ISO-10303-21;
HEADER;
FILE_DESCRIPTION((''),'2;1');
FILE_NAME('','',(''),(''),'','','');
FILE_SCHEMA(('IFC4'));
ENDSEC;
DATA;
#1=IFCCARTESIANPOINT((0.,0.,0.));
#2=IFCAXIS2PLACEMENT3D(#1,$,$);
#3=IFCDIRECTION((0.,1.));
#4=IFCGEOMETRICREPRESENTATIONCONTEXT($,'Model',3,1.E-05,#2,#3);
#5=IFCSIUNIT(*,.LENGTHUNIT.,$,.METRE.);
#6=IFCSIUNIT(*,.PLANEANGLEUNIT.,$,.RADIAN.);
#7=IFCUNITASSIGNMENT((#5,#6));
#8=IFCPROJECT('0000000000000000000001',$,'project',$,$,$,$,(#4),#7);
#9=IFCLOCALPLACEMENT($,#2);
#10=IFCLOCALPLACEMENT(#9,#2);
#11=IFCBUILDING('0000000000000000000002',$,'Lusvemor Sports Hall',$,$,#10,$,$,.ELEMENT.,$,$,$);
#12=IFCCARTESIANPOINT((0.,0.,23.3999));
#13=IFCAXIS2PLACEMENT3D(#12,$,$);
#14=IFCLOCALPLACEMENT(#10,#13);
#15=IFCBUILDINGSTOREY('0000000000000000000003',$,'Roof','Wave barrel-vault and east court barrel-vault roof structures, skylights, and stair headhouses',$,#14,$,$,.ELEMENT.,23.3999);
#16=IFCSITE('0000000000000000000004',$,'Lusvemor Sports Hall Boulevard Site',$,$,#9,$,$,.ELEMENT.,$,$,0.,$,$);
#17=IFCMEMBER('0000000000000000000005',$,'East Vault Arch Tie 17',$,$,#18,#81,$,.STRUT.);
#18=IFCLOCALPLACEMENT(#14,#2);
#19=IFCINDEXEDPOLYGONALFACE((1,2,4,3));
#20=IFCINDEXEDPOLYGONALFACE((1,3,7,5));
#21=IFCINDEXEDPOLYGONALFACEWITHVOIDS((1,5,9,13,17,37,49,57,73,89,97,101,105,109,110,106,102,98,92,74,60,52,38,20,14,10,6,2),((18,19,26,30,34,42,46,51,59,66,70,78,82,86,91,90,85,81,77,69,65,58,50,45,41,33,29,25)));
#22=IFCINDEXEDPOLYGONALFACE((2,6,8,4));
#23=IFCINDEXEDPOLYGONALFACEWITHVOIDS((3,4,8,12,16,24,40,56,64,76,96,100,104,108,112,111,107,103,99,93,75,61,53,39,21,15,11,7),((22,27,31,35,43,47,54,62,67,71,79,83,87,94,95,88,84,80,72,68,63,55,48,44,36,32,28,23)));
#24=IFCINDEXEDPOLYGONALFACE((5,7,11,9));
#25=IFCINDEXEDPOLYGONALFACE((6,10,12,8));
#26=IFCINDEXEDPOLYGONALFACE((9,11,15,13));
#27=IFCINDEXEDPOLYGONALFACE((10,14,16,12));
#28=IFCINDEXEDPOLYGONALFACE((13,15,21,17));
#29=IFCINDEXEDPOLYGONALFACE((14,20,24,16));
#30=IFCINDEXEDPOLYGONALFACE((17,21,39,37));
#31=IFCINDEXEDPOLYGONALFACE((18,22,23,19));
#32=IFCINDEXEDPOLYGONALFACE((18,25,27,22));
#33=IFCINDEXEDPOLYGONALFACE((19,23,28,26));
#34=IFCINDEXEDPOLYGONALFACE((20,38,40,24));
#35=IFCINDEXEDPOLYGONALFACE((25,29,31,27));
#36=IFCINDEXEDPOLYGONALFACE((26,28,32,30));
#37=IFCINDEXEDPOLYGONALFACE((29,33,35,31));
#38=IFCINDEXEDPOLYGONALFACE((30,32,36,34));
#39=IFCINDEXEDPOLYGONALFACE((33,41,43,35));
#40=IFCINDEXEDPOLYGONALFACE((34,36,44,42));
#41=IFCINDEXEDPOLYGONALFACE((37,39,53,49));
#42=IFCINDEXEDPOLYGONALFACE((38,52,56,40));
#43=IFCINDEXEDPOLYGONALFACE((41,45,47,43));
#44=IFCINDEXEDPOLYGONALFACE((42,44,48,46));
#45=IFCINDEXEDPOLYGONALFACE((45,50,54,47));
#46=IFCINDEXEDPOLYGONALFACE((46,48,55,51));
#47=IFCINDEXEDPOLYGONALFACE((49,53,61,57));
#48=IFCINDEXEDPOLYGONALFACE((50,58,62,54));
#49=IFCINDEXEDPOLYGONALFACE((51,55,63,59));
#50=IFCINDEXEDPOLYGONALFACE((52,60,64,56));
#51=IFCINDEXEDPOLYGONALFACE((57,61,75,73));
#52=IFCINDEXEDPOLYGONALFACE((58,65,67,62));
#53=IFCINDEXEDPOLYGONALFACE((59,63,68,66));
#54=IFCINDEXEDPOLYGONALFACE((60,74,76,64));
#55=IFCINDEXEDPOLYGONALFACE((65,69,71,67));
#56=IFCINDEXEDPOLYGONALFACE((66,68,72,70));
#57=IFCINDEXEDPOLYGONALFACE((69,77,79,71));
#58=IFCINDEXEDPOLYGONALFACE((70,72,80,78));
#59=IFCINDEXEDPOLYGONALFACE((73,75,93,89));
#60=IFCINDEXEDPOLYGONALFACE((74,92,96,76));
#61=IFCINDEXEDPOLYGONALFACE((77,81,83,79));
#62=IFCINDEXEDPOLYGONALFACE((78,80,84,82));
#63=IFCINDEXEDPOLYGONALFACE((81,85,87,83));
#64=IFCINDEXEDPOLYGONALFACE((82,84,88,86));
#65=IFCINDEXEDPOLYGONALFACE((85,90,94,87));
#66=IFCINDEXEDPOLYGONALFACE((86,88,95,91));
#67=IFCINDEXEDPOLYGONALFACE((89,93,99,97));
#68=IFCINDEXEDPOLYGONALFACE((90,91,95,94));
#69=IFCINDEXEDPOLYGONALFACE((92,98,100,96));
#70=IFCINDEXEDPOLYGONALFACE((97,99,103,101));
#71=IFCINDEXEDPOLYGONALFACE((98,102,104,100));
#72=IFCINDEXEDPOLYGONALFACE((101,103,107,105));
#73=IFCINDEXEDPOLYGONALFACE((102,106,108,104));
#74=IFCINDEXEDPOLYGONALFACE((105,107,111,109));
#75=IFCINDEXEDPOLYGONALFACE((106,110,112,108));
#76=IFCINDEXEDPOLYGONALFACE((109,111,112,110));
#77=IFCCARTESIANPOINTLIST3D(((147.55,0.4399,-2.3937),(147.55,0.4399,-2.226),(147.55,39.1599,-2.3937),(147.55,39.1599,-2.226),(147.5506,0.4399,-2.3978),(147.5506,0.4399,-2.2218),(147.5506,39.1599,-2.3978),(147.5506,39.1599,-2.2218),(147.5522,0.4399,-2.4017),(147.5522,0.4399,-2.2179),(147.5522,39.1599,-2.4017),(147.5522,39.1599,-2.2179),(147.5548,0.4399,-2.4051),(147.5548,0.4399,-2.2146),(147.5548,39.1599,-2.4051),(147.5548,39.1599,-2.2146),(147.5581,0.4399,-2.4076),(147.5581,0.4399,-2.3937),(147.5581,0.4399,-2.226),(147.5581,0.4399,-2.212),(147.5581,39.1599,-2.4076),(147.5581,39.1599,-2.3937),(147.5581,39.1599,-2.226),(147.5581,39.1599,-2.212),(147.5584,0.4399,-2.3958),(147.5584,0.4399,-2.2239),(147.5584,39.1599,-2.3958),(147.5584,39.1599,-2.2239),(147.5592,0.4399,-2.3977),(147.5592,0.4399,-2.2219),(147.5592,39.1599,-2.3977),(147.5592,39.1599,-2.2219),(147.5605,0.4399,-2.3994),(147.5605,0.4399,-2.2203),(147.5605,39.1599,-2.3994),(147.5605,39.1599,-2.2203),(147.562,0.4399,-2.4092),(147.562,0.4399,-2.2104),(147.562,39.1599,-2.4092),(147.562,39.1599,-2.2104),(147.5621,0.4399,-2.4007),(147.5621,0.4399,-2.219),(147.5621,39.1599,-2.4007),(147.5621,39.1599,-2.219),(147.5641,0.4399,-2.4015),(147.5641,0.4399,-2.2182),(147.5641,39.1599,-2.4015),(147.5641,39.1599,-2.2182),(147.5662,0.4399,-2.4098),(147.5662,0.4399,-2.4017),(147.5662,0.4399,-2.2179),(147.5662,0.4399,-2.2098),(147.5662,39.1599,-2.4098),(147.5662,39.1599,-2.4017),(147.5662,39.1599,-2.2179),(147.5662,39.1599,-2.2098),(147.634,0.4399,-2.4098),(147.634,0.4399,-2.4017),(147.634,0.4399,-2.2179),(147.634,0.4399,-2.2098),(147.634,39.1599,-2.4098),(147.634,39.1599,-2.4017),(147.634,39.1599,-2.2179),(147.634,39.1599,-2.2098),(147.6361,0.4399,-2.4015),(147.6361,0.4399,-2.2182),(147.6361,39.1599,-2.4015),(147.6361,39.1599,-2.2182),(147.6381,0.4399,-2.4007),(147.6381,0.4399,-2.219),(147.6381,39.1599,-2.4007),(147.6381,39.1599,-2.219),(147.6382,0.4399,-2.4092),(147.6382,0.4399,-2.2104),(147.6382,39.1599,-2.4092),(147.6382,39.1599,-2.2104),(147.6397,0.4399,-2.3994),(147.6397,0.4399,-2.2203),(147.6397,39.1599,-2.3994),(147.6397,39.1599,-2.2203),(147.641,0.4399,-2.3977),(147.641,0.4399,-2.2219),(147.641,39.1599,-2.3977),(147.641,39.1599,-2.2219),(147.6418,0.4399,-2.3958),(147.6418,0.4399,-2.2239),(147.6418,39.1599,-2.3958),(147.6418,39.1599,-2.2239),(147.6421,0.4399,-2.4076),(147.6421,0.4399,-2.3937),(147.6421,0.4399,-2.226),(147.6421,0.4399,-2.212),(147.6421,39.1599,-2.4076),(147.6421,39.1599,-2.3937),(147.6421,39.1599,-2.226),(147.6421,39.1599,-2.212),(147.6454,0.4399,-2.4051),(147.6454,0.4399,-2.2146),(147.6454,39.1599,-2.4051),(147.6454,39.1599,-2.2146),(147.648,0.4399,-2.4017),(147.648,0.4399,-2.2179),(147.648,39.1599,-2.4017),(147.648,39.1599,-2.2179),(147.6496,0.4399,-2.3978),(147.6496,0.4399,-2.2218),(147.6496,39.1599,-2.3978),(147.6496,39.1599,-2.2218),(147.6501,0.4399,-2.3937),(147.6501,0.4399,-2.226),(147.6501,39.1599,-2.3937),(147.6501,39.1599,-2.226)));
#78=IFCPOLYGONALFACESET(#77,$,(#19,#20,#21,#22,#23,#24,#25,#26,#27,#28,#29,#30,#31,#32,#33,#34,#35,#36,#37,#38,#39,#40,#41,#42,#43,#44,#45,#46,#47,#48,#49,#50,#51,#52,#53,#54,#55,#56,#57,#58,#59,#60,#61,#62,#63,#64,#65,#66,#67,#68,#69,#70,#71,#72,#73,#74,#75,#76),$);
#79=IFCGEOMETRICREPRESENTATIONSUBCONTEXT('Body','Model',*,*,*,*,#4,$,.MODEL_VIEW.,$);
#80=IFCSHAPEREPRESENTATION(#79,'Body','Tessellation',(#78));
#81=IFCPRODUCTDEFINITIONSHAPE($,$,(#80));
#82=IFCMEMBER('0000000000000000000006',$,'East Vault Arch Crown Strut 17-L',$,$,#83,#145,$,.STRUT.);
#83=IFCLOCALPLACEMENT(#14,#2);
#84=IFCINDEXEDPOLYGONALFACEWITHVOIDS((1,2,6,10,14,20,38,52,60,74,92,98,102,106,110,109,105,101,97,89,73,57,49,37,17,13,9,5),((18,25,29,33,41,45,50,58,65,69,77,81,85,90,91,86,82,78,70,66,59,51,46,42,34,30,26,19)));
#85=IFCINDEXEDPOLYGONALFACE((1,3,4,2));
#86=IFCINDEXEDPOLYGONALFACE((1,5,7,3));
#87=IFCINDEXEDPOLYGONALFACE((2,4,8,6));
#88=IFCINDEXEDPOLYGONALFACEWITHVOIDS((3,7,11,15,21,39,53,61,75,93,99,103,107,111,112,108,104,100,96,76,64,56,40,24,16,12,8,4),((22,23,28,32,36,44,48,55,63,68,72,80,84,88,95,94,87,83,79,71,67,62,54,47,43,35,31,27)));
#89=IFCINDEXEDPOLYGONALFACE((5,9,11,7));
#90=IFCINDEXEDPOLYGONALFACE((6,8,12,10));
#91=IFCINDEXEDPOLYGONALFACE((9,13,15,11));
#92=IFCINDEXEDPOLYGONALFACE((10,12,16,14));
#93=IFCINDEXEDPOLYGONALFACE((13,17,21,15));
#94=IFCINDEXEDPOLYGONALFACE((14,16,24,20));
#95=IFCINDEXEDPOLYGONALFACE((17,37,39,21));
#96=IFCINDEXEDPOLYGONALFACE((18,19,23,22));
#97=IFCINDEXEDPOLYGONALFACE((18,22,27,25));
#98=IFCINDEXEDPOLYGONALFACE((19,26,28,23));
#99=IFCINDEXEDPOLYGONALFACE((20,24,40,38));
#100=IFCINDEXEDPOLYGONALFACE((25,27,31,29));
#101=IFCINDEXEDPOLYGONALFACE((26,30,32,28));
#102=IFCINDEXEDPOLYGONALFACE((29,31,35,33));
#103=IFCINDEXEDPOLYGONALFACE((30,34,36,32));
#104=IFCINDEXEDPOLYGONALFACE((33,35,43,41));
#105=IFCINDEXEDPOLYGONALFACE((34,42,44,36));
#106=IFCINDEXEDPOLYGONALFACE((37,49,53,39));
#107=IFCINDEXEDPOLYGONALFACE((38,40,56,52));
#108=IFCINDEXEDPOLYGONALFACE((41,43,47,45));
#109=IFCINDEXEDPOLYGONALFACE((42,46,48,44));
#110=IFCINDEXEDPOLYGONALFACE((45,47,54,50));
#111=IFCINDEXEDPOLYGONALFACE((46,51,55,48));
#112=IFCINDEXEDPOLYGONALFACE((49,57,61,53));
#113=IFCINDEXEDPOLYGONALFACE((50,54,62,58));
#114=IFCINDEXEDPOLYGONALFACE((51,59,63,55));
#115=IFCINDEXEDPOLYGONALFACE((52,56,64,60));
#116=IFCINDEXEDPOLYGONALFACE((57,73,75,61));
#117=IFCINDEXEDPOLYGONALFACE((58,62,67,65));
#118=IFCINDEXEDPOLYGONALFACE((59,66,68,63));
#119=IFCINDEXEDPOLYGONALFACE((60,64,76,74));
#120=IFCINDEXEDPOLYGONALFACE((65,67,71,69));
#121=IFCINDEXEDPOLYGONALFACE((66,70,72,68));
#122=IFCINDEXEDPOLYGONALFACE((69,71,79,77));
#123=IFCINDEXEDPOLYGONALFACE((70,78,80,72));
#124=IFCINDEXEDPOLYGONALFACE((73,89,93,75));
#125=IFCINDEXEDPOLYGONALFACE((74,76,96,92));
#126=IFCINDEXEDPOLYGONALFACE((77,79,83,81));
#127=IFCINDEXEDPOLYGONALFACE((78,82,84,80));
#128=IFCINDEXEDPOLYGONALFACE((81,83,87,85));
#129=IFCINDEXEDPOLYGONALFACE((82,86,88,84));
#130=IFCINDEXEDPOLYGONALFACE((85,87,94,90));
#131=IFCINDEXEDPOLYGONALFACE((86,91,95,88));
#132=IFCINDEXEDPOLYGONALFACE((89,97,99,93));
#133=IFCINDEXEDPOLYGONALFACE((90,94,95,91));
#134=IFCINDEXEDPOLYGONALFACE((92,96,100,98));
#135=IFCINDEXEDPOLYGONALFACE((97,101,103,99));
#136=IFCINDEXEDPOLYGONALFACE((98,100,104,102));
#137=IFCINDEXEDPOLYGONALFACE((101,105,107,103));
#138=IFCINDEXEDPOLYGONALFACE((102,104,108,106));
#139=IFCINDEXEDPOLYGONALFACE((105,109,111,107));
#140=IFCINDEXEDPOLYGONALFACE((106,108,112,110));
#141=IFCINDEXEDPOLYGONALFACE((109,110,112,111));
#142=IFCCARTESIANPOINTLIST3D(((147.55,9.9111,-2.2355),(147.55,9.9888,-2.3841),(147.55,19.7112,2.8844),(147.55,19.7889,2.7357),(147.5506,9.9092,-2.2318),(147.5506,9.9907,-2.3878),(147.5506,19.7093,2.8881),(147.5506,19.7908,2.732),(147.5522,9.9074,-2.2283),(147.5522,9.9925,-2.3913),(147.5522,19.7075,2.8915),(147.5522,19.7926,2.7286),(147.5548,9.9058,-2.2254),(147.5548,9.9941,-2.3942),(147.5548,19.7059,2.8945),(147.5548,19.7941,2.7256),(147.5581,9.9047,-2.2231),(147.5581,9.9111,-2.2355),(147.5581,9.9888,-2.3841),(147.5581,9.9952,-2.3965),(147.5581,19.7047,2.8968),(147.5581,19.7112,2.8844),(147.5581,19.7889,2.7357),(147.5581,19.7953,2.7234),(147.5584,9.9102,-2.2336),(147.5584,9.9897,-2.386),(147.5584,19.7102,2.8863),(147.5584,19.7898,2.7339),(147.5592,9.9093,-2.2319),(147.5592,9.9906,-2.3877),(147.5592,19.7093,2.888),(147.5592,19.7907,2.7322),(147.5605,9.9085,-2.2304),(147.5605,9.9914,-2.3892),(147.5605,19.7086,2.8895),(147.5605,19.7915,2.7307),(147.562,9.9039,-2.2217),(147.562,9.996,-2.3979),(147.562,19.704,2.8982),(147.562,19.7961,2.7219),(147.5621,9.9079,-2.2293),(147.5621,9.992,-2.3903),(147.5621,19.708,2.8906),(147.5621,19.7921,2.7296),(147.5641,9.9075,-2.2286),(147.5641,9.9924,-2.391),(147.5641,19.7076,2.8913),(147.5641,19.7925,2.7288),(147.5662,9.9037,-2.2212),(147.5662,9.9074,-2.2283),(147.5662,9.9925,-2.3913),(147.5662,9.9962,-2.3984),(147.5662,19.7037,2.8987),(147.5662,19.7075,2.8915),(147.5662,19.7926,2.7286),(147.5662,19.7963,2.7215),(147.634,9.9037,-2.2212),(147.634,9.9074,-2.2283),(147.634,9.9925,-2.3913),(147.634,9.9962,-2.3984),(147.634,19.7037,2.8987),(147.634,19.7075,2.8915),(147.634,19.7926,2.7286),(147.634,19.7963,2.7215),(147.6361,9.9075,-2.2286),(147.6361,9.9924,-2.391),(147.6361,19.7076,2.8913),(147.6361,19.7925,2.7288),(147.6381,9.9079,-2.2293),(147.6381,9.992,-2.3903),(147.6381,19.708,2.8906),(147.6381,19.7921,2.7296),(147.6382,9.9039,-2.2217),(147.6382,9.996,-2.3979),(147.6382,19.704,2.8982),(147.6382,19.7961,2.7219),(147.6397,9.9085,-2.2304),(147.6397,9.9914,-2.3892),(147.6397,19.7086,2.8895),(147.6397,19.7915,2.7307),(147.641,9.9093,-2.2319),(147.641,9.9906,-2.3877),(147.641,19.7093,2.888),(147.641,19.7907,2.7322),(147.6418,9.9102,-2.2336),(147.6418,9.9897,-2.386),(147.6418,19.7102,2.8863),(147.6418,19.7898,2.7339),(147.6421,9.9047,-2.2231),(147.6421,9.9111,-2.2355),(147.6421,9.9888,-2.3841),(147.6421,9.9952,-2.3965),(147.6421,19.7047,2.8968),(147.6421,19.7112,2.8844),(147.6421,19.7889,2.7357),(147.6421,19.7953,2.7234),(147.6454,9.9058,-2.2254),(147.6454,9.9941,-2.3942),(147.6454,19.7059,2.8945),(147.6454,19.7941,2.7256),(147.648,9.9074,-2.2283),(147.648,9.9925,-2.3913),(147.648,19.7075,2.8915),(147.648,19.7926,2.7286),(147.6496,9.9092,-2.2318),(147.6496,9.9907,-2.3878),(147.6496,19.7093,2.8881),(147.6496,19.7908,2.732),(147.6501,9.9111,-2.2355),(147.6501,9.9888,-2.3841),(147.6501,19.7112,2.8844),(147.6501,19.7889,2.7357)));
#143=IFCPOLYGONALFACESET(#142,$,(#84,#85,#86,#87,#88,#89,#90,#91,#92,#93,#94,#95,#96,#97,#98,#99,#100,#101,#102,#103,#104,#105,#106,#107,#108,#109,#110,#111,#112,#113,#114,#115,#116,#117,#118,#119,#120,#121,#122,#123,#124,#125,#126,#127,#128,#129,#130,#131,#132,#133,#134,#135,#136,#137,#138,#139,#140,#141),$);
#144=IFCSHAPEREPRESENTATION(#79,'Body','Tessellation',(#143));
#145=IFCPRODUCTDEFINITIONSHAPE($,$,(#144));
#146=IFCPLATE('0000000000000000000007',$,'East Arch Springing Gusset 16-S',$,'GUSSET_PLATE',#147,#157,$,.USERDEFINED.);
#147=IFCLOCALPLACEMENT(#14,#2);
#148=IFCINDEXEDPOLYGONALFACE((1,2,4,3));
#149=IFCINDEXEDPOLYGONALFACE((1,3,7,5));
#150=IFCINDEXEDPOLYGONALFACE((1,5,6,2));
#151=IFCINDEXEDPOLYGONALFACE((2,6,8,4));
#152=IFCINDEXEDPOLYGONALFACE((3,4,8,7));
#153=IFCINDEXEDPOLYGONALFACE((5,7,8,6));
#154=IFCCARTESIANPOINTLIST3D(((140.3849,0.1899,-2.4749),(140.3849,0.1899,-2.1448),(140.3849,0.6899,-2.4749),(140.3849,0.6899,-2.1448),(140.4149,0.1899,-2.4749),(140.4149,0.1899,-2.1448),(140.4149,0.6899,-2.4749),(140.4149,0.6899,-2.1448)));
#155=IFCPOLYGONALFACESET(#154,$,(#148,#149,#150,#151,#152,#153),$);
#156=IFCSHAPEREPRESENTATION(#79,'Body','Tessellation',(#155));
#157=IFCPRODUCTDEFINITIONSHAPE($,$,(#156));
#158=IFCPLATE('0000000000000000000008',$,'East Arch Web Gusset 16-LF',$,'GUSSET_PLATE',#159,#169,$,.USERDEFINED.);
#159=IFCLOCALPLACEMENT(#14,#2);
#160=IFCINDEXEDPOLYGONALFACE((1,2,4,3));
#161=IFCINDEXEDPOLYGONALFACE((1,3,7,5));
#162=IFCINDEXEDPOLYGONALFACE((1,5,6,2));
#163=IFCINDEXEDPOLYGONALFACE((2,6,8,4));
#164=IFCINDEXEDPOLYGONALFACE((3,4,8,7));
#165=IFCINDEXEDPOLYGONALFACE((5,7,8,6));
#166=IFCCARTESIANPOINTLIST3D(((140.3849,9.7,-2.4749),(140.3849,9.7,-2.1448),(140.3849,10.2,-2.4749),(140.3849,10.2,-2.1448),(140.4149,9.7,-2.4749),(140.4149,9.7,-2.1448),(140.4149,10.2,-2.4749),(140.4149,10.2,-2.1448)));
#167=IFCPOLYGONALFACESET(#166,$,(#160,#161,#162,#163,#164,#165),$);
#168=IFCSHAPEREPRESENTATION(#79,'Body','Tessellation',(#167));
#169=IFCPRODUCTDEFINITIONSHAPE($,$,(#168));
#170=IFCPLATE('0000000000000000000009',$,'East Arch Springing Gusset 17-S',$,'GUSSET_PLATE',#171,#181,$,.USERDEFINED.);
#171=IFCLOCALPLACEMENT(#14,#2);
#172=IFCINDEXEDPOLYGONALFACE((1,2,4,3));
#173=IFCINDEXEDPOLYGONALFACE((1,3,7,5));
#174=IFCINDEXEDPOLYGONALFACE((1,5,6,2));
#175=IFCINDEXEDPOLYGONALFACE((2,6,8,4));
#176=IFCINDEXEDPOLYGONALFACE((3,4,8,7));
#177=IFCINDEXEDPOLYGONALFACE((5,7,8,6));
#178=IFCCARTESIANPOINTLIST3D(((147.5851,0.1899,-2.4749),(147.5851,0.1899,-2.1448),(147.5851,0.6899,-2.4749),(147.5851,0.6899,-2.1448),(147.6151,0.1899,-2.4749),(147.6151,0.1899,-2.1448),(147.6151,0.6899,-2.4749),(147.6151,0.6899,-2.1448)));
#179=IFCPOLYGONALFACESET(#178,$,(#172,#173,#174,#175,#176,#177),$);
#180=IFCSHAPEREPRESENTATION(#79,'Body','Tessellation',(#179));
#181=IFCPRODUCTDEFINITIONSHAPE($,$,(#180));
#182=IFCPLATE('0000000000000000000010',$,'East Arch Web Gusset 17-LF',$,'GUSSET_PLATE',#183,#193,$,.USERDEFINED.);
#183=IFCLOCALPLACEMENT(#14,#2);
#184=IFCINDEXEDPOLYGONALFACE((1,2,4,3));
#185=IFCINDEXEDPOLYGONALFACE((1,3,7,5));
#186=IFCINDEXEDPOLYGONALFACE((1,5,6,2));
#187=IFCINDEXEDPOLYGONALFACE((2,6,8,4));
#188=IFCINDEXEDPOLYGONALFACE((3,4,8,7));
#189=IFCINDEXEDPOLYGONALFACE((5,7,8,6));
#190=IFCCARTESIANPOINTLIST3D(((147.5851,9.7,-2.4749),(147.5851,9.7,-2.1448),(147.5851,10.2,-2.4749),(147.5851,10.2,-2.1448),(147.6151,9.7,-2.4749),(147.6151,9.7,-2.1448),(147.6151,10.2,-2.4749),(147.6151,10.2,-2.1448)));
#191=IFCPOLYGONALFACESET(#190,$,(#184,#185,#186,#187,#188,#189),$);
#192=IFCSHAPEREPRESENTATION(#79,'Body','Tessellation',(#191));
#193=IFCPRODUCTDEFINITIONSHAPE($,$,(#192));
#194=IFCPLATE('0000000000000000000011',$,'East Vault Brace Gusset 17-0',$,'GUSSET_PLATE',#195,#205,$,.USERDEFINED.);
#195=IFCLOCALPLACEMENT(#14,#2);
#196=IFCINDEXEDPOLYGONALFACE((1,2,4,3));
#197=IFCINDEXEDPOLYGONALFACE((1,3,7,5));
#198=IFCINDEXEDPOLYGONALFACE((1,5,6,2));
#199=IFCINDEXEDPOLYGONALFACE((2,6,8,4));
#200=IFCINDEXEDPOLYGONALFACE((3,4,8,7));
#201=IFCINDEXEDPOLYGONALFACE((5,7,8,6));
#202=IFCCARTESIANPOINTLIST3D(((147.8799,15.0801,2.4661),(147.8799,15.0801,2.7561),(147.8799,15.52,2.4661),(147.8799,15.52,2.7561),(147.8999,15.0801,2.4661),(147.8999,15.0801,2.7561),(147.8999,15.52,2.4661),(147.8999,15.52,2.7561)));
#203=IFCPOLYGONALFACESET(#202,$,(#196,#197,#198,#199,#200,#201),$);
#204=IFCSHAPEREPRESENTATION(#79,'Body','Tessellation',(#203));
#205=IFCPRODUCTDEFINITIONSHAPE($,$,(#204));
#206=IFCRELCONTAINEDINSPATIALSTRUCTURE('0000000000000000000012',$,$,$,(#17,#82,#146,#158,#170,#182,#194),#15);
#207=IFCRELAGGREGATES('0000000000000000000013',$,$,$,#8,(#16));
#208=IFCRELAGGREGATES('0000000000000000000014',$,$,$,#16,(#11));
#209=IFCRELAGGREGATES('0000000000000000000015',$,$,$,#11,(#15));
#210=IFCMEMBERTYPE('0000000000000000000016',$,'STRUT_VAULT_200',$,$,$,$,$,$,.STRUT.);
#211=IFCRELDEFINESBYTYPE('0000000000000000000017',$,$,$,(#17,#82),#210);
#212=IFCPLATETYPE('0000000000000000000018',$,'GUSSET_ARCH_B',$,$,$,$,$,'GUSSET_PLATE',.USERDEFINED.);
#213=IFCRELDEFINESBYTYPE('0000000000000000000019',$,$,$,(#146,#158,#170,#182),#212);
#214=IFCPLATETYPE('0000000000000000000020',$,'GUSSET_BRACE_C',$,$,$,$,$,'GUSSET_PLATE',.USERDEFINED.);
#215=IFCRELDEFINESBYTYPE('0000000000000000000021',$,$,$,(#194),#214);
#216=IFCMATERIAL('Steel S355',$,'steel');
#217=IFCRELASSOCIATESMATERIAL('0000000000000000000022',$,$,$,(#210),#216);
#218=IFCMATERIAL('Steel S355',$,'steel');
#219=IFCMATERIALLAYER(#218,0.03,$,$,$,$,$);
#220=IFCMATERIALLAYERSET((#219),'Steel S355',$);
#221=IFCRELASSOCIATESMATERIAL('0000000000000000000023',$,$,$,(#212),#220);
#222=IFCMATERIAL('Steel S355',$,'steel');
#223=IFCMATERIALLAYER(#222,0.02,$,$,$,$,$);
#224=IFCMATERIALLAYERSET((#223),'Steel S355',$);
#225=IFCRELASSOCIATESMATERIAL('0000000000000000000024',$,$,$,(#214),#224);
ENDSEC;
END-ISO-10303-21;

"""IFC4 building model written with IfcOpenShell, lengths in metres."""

from ifc_helpers import new_model, si_unit, direction, frame, origin, origin_2d, place, context, subcontext, project, spatial, rectangle, hollow_rectangle, extrude, material, layer, layer_set, material_profile, profile_set, type_object, element, save


model = new_model("IFC4")

# Units and contexts
model_context = context("Model", 3, precision=1e-05, world=origin(), true_north=direction((0.0, 1.0)))
body_context = subcontext(model_context, "Body", "Model", "MODEL_VIEW")
ifc_project = project(units=[si_unit("LENGTHUNIT", "METRE"), si_unit("PLANEANGLEUNIT", "RADIAN")], contexts=[model_context])

# Site, building, storey
site_placement = place(None, origin())
site = spatial("IfcSite", under=ifc_project, at=site_placement, Name="Lusvemor Sports Hall Boulevard Site", CompositionType="ELEMENT", RefElevation=0.0)
building_placement = place(site_placement, origin())
building = spatial("IfcBuilding", under=site, at=building_placement, Name="Lusvemor Sports Hall", CompositionType="ELEMENT")
storey_placement = place(building_placement, frame((0.0, 0.0, 23.3999)))
storey = spatial("IfcBuildingStorey", under=building, at=storey_placement, Name="Roof", Description="Wave barrel-vault and east court barrel-vault roof structures, skylights, and stair headhouses", CompositionType="ELEMENT", Elevation=23.3999)

# Members
ifc_material_1 = material(Name="Steel S355", Category="steel")
ifc_material_profile_1 = material_profile(ifc_material_1, hollow_rectangle(XDim=0.1001, YDim=0.2, WallThickness=0.0081, InnerFilletRadius=0.0081, OuterFilletRadius=0.0161, at=origin_2d()), Name="RHS200x100x8")
ifc_profile_set_1 = profile_set([ifc_material_profile_1], Name="Steel S355")
member_type_1 = type_object("IfcMemberType", Name="STRUT_VAULT_200", PredefinedType="STRUT", material=ifc_profile_set_1)
member_1_placement = place(storey_placement, frame((147.6001, 0.4399, -2.3098), z_axis=(0.0, 1.0, 0.0), x_axis=(-1.0, 0.0, 0.0)))
element("IfcMember", 1, at=member_1_placement, inside=storey, type_object=member_type_1, Name="East Vault Arch Tie 17", PredefinedType="STRUT", context=body_context, shape_type="SweptSolid", body=[
    extrude(hollow_rectangle(XDim=0.1001, YDim=0.2, WallThickness=0.0081, InnerFilletRadius=0.0081, OuterFilletRadius=0.0161, at=origin_2d()), origin(), (0.0, 0.0, 1.0), 38.72),
])
member_2_placement = place(storey_placement, frame((147.6001, 9.95, -2.3098), z_axis=(0.0, 0.886332, 0.46305), x_axis=(-1.0, 0.0, 0.0)))
element("IfcMember", 2, at=member_2_placement, inside=storey, type_object=member_type_1, Name="East Vault Arch Crown Strut 17-L", PredefinedType="STRUT", context=body_context, shape_type="SweptSolid", body=[
    extrude(hollow_rectangle(XDim=0.1001, YDim=0.2, WallThickness=0.0081, InnerFilletRadius=0.0081, OuterFilletRadius=0.0161, at=origin_2d()), origin(), (0.0, 0.0, 1.0), 11.0569),
])

# Plates
ifc_material_2 = material(Name="Steel S355", Category="steel")
ifc_layer_1 = layer(ifc_material_2, 0.03)
ifc_layer_set_1 = layer_set([ifc_layer_1], Name="Steel S355")
plate_type_1 = type_object("IfcPlateType", Name="GUSSET_ARCH_B", ElementType="GUSSET_PLATE", PredefinedType="USERDEFINED", material=ifc_layer_set_1)
for number, where, z_axis, x_axis, name in (
    (3, (140.3999, 0.4399, -2.4749), (0.0, 0.0, 1.0), (1.0, 0.0, 0.0), "East Arch Springing Gusset 16-S"),
    (4, (140.3999, 9.95, -2.4749), (0.0, 0.0, 1.0), (1.0, 0.0, 0.0), "East Arch Web Gusset 16-LF"),
    (5, (147.6001, 0.4399, -2.4749), (0.0, 0.0, 1.0), (1.0, 0.0, 0.0), "East Arch Springing Gusset 17-S"),
    (6, (147.6001, 9.95, -2.4749), (0.0, 0.0, 1.0), (1.0, 0.0, 0.0), "East Arch Web Gusset 17-LF"),
):
    element("IfcPlate", number, at=place(storey_placement, frame(where, z_axis=z_axis, x_axis=x_axis)), inside=storey, type_object=plate_type_1, Name=name, ObjectType="GUSSET_PLATE", PredefinedType="USERDEFINED", context=body_context, shape_type="SweptSolid", body=[
        extrude(rectangle(XDim=0.03, YDim=0.5, at=origin_2d()), origin(), (0.0, 0.0, 1.0), 0.3301),
    ])
ifc_material_3 = material(Name="Steel S355", Category="steel")
ifc_layer_2 = layer(ifc_material_3, 0.02)
ifc_layer_set_2 = layer_set([ifc_layer_2], Name="Steel S355")
plate_type_2 = type_object("IfcPlateType", Name="GUSSET_BRACE_C", ElementType="GUSSET_PLATE", PredefinedType="USERDEFINED", material=ifc_layer_set_2)
plate_placement = place(storey_placement, frame((147.8899, 15.3, 2.4661), z_axis=(0.0, 0.0, 1.0), x_axis=(1.0, 0.0, 0.0)))
element("IfcPlate", 7, at=plate_placement, inside=storey, type_object=plate_type_2, Name="East Vault Brace Gusset 17-0", ObjectType="GUSSET_PLATE", PredefinedType="USERDEFINED", context=body_context, shape_type="SweptSolid", body=[
    extrude(rectangle(XDim=0.02, YDim=0.4399, at=origin_2d()), origin(), (0.0, 0.0, 1.0), 0.29),
])

save(model, "model.ifc")
